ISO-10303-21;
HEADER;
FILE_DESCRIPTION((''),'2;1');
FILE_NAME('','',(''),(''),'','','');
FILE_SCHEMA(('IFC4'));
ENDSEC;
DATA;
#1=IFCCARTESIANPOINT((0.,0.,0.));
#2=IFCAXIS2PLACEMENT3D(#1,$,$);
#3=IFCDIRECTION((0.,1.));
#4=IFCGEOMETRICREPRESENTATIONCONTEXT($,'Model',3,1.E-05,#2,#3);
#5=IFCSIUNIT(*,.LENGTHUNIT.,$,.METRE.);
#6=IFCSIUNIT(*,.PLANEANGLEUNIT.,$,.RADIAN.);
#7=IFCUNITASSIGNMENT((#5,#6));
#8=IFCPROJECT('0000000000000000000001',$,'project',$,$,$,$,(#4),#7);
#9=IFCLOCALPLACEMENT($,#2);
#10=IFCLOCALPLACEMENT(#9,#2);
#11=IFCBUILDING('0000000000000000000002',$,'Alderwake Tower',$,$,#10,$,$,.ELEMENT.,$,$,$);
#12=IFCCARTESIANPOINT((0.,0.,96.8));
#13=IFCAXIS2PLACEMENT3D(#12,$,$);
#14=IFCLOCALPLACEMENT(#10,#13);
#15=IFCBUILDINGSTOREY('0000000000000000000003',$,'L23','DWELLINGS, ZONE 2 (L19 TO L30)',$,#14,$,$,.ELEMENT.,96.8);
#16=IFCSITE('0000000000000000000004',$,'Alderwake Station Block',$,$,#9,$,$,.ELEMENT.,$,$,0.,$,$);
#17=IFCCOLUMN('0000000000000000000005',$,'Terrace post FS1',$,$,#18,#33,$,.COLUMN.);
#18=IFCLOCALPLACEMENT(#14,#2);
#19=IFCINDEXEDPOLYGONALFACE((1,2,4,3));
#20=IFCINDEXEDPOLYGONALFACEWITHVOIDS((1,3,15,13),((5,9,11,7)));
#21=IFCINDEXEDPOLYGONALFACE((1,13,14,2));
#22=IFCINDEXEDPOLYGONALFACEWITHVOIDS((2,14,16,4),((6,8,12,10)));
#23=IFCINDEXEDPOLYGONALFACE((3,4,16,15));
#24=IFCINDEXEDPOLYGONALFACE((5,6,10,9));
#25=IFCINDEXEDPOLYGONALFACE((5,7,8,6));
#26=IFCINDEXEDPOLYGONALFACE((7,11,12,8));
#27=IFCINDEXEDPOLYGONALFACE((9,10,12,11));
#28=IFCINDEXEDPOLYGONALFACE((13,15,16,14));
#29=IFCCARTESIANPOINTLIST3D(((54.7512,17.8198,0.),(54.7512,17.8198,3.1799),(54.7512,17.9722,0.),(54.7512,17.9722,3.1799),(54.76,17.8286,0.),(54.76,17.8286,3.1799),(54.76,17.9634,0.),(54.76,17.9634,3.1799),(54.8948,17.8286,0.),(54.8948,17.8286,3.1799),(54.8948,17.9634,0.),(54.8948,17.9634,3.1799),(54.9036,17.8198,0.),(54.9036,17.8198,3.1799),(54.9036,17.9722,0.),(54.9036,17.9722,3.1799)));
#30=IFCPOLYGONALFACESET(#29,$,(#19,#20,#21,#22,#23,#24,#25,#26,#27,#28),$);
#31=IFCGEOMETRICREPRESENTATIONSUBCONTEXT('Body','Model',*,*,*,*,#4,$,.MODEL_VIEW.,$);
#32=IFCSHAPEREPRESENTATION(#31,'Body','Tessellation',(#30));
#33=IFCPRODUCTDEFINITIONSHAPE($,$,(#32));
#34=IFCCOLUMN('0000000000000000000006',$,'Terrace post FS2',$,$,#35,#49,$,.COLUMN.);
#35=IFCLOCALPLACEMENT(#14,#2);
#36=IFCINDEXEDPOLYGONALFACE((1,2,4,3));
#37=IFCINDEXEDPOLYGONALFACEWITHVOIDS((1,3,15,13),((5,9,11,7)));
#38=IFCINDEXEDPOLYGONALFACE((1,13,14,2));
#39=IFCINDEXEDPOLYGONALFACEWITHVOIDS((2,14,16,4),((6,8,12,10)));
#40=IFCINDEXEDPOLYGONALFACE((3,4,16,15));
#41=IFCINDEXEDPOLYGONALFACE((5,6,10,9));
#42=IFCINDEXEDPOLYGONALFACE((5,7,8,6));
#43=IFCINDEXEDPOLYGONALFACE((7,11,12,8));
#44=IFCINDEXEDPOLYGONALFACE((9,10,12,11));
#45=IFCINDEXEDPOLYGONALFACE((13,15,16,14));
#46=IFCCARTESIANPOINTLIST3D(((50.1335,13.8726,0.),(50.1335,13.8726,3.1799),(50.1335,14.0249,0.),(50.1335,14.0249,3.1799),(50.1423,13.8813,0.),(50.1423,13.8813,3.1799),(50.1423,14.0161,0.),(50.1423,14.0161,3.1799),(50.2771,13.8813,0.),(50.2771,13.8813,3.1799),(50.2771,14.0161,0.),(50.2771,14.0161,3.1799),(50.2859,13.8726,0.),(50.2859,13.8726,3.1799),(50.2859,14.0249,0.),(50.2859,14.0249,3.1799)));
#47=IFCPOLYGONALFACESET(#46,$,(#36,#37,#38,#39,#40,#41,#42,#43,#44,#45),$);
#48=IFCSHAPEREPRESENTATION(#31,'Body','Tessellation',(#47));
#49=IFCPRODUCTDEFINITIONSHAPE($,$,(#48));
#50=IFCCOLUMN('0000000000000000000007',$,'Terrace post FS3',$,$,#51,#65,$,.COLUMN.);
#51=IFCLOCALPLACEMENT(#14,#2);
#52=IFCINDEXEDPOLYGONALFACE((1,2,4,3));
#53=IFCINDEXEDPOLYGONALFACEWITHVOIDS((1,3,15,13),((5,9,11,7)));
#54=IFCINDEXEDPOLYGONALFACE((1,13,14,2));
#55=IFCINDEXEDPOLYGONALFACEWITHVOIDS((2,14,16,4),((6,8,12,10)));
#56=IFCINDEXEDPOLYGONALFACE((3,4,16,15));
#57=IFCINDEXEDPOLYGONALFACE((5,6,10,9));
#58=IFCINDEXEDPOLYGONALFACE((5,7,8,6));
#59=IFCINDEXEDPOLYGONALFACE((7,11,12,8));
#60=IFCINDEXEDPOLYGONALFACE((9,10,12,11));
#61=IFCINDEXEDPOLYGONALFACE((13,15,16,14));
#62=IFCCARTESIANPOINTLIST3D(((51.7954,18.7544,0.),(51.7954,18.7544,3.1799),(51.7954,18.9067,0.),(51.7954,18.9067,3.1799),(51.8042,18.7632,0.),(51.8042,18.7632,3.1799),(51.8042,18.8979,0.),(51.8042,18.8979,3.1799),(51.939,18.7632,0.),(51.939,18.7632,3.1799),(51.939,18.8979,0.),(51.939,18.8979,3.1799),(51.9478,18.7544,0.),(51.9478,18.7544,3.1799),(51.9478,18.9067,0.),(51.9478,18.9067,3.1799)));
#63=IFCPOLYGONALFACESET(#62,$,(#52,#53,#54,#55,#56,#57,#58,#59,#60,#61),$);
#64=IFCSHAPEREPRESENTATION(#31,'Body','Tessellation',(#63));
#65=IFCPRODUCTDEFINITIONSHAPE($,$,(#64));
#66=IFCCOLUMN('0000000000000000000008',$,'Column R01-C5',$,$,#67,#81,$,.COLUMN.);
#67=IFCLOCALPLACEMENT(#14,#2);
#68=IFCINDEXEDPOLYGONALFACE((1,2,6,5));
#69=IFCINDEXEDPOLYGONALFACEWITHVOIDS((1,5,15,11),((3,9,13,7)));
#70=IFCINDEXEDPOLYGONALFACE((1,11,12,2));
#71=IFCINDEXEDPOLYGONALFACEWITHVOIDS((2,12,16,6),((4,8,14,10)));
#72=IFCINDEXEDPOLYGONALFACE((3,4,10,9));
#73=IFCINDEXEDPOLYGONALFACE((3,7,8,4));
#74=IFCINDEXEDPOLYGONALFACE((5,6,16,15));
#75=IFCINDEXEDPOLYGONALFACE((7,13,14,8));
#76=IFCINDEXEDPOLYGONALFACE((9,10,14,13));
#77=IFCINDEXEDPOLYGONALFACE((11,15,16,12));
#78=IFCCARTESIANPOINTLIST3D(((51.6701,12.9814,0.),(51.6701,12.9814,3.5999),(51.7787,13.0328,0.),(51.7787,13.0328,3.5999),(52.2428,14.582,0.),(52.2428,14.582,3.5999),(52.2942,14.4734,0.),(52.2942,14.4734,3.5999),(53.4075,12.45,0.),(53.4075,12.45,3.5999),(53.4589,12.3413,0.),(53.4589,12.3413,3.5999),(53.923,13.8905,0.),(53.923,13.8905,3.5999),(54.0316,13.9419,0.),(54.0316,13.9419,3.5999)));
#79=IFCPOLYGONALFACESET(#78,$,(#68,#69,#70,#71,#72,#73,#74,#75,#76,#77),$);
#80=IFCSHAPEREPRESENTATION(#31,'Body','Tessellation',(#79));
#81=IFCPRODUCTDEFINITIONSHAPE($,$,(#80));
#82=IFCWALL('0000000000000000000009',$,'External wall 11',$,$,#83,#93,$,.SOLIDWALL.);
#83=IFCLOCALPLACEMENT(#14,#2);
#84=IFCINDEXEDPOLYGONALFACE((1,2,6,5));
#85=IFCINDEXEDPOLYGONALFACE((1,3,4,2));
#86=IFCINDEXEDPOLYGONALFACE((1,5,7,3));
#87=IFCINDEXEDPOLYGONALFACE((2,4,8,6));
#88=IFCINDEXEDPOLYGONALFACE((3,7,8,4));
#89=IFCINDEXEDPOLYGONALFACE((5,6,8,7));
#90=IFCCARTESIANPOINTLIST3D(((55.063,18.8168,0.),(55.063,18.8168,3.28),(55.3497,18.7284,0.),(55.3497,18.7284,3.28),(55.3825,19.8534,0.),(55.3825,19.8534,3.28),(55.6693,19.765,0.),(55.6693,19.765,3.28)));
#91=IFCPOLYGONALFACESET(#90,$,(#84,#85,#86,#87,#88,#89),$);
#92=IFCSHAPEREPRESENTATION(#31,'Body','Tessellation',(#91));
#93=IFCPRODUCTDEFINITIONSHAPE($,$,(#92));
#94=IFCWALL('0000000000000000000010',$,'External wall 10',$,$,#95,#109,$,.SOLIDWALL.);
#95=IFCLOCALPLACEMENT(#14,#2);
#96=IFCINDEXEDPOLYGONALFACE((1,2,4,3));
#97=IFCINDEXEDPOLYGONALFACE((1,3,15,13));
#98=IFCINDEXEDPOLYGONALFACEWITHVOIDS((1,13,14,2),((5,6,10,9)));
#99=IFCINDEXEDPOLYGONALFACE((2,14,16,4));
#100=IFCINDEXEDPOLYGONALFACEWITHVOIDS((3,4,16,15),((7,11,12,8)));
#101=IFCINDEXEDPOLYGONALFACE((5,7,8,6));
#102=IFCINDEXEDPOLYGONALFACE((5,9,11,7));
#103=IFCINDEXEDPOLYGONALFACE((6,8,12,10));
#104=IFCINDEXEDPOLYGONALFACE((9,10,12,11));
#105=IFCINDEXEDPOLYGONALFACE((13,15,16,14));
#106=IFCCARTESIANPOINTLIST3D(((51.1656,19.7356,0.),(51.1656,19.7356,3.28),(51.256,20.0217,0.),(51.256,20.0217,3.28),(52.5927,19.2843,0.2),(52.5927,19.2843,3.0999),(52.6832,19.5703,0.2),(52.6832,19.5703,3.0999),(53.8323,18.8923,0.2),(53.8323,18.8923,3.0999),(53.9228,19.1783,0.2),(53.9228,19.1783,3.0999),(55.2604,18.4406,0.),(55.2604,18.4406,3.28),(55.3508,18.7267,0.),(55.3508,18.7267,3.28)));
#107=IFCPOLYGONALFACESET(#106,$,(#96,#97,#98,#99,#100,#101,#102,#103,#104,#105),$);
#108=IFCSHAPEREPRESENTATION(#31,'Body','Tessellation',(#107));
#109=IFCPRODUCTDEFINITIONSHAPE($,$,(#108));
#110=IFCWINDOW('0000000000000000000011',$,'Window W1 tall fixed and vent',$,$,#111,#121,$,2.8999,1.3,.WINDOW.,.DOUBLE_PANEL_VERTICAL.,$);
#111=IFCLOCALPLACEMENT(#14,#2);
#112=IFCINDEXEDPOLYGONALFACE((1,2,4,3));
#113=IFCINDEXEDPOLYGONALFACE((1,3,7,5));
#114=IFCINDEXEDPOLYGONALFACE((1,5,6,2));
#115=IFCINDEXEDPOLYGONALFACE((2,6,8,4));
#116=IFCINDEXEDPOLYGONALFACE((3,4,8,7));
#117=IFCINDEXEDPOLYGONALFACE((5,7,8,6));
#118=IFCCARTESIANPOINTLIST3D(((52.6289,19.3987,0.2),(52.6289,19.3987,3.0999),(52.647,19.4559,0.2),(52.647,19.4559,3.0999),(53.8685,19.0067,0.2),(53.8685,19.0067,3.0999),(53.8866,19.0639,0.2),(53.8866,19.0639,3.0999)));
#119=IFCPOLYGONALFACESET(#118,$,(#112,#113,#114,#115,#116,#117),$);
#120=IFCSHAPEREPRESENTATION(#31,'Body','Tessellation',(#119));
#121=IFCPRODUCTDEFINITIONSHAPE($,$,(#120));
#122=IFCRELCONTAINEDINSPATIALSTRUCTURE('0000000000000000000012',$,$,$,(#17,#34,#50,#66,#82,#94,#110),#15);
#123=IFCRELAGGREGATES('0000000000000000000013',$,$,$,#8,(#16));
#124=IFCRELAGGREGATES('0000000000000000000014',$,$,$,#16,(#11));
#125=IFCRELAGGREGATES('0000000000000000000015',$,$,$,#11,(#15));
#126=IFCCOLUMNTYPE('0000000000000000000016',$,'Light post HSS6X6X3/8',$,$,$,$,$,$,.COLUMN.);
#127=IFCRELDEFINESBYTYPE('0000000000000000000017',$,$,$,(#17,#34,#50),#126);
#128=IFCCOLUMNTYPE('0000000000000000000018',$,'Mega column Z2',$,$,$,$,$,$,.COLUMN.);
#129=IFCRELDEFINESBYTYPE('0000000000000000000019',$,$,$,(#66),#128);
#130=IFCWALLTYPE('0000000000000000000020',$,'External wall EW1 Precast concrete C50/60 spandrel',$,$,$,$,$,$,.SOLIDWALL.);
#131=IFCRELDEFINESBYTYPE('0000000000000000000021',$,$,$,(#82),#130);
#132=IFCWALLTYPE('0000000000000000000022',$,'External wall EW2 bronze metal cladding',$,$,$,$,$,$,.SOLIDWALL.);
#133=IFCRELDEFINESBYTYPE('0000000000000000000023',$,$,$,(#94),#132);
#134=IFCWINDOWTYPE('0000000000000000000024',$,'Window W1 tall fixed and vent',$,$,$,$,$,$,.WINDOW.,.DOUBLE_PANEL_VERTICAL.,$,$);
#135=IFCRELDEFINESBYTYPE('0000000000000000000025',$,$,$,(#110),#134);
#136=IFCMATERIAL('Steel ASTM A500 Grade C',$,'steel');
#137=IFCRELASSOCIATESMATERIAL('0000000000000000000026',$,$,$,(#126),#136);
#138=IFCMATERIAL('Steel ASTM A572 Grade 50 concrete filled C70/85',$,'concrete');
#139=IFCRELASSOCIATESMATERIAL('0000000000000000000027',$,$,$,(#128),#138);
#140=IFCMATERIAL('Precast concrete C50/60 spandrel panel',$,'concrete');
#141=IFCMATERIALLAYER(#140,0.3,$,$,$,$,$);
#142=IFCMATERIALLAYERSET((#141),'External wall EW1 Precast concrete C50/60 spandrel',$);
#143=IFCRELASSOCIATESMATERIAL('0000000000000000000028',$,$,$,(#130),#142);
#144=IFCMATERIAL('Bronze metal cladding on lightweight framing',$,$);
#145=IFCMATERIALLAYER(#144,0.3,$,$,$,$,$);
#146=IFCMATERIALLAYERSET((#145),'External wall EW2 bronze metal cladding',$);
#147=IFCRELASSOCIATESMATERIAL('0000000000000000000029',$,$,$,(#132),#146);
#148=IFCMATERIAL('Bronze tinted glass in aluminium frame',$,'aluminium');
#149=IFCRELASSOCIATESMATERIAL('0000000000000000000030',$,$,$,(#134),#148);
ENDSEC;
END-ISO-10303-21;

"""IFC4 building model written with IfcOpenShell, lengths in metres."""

from ifc_helpers import new_model, si_unit, direction, frame, frame_2d, origin, origin_2d, place, context, subcontext, project, spatial, rectangle, hollow_rectangle, extrude, material, layer, layer_set, material_profile, profile_set, type_object, element, fill, save


model = new_model("IFC4")

# Units and contexts
model_context = context("Model", 3, precision=1e-05, world=origin(), true_north=direction((0.0, 1.0)))
body_context = subcontext(model_context, "Body", "Model", "MODEL_VIEW")
ifc_project = project(units=[si_unit("LENGTHUNIT", "METRE"), si_unit("PLANEANGLEUNIT", "RADIAN")], contexts=[model_context])

# Site, building, storey
site_placement = place(None, origin())
site = spatial("IfcSite", under=ifc_project, at=site_placement, Name="Alderwake Station Block", CompositionType="ELEMENT", RefElevation=0.0)
building_placement = place(site_placement, origin())
building = spatial("IfcBuilding", under=site, at=building_placement, Name="Alderwake Tower", CompositionType="ELEMENT")
storey_placement = place(building_placement, frame((0.0, 0.0, 96.8)))
storey = spatial("IfcBuildingStorey", under=building, at=storey_placement, Name="L23", Description="DWELLINGS, ZONE 2 (L19 TO L30)", CompositionType="ELEMENT", Elevation=96.8)

# Columns
ifc_material_1 = material(Name="Steel ASTM A500 Grade C", Category="steel")
ifc_material_profile_1 = material_profile(ifc_material_1, hollow_rectangle(XDim=0.1523, YDim=0.1523, WallThickness=0.0088, at=origin_2d()), Name="HSS6X6X3/8")
ifc_profile_set_1 = profile_set([ifc_material_profile_1], Name="Steel ASTM A500 Grade C")
column_type_1 = type_object("IfcColumnType", Name="Light post HSS6X6X3/8", PredefinedType="COLUMN", material=ifc_profile_set_1)
for number, where, z_axis, x_axis, name in (
    (1, (54.8274, 17.896, 0.0), (0.0, 0.0, 1.0), (1.0, 0.0, 0.0), "Terrace post FS1"),
    (2, (50.2097, 13.9487, 0.0), (0.0, 0.0, 1.0), (1.0, 0.0, 0.0), "Terrace post FS2"),
    (3, (51.8716, 18.8306, 0.0), (0.0, 0.0, 1.0), (1.0, 0.0, 0.0), "Terrace post FS3"),
):
    element("IfcColumn", number, at=place(storey_placement, frame(where, z_axis=z_axis, x_axis=x_axis)), inside=storey, type_object=column_type_1, Name=name, PredefinedType="COLUMN", context=body_context, shape_type="SweptSolid", body=[
        extrude(hollow_rectangle(XDim=0.1523, YDim=0.1523, WallThickness=0.0088, at=origin_2d()), origin(), (0.0, 0.0, 1.0), 3.1799),
    ])
ifc_material_2 = material(Name="Steel ASTM A572 Grade 50 concrete filled C70/85", Category="concrete")
ifc_material_profile_2 = material_profile(ifc_material_2, hollow_rectangle(XDim=1.7, YDim=1.8999, WallThickness=0.085, at=origin_2d()), Name="BOX 1900X1700X85")
ifc_profile_set_2 = profile_set([ifc_material_profile_2], Name="Steel ASTM A572 Grade 50 concrete filled C70/85")
column_type_2 = type_object("IfcColumnType", Name="Mega column Z2", PredefinedType="COLUMN", material=ifc_profile_set_2)
column_placement = place(storey_placement, frame((52.8508, 13.4617, 0.0), z_axis=(0.0, 0.0, 1.0), x_axis=(0.336911, 0.941536, 0.0)))
element("IfcColumn", 4, at=column_placement, inside=storey, type_object=column_type_2, Name="Column R01-C5", PredefinedType="COLUMN", context=body_context, shape_type="SweptSolid", body=[
    extrude(hollow_rectangle(XDim=1.7, YDim=1.8999, WallThickness=0.085, at=origin_2d()), origin(), (0.0, 0.0, 1.0), 3.5999),
])

# Wall
ifc_material_3 = material(Name="Precast concrete C50/60 spandrel panel", Category="concrete")
ifc_layer_1 = layer(ifc_material_3, 0.3)
ifc_layer_set_1 = layer_set([ifc_layer_1], Name="External wall EW1 Precast concrete C50/60 spandrel")
wall_type_1 = type_object("IfcWallType", Name="External wall EW1 Precast concrete C50/60 spandrel", PredefinedType="SOLIDWALL", material=ifc_layer_set_1)
wall_1_placement = place(storey_placement, frame((55.2063, 18.7725, 0.0), z_axis=(0.0, 0.0, 1.0), x_axis=(0.294608, 0.955618, 0.0)))
element("IfcWall", 5, at=wall_1_placement, inside=storey, type_object=wall_type_1, Name="External wall 11", PredefinedType="SOLIDWALL", context=body_context, shape_type="SweptSolid", body=[
    extrude(rectangle(XDim=1.0847, YDim=0.3, at=frame_2d((0.5425, 0.0))), origin(), (0.0, 0.0, 1.0), 3.28),
])

# Shared definitions
ifc_material_4 = material(Name="Bronze metal cladding on lightweight framing")
ifc_layer_2 = layer(ifc_material_4, 0.3)
ifc_layer_set_2 = layer_set([ifc_layer_2], Name="External wall EW2 bronze metal cladding")
wall_type_2 = type_object("IfcWallType", Name="External wall EW2 bronze metal cladding", PredefinedType="SOLIDWALL", material=ifc_layer_set_2)
ifc_material_5 = material(Name="Bronze tinted glass in aluminium frame", Category="aluminium")
window_type = type_object("IfcWindowType", Name="Window W1 tall fixed and vent", PartitioningType="DOUBLE_PANEL_VERTICAL", PredefinedType="WINDOW", material=ifc_material_5)

# Wall, opening, window
wall_2_placement = place(storey_placement, frame((51.2107, 19.8787, 0.0), z_axis=(0.0, 0.0, 1.0), x_axis=(0.953459, -0.301523, 0.0)))
wall_2 = element("IfcWall", 6, at=wall_2_placement, inside=storey, type_object=wall_type_2, Name="External wall 10", PredefinedType="SOLIDWALL", context=body_context, shape_type="SweptSolid", body=[
    extrude(rectangle(XDim=4.2947, YDim=0.3, at=frame_2d((2.1475, 0.0))), origin(), (0.0, 0.0, 1.0), 3.28),
])
opening_1_placement = place(wall_2_placement, frame((1.4971, 0.0, 0.2)))
opening_1 = element("IfcOpeningElement", 7, at=opening_1_placement, cuts=wall_2, PredefinedType="OPENING", context=body_context, shape_type="SweptSolid", body=[
    extrude(rectangle(XDim=1.3, YDim=2.8999, at=frame_2d((0.6499, 1.45))), frame((0.0, 0.1599, 0.0), z_axis=(0.0, -1.0, 0.0), x_axis=(1.0, 0.0, 0.0)), (0.0, 0.0, 1.0), 0.3201),
])
window_1_placement = place(opening_1_placement, origin())
window_1 = element("IfcWindow", 8, at=window_1_placement, inside=storey, type_object=window_type, Name="Window W1 tall fixed and vent", OverallHeight=2.8999, OverallWidth=1.3, PartitioningType="DOUBLE_PANEL_VERTICAL", PredefinedType="WINDOW", context=body_context, shape_type="SweptSolid", body=[
    extrude(rectangle(XDim=1.3, YDim=2.8999, at=frame_2d((0.6499, 1.45))), frame((0.0, 0.03, 0.0), z_axis=(0.0, -1.0, 0.0), x_axis=(1.0, 0.0, 0.0)), (0.0, 0.0, 1.0), 0.0601),
])
fill(opening_1, window_1)

save(model, "model.ifc")
